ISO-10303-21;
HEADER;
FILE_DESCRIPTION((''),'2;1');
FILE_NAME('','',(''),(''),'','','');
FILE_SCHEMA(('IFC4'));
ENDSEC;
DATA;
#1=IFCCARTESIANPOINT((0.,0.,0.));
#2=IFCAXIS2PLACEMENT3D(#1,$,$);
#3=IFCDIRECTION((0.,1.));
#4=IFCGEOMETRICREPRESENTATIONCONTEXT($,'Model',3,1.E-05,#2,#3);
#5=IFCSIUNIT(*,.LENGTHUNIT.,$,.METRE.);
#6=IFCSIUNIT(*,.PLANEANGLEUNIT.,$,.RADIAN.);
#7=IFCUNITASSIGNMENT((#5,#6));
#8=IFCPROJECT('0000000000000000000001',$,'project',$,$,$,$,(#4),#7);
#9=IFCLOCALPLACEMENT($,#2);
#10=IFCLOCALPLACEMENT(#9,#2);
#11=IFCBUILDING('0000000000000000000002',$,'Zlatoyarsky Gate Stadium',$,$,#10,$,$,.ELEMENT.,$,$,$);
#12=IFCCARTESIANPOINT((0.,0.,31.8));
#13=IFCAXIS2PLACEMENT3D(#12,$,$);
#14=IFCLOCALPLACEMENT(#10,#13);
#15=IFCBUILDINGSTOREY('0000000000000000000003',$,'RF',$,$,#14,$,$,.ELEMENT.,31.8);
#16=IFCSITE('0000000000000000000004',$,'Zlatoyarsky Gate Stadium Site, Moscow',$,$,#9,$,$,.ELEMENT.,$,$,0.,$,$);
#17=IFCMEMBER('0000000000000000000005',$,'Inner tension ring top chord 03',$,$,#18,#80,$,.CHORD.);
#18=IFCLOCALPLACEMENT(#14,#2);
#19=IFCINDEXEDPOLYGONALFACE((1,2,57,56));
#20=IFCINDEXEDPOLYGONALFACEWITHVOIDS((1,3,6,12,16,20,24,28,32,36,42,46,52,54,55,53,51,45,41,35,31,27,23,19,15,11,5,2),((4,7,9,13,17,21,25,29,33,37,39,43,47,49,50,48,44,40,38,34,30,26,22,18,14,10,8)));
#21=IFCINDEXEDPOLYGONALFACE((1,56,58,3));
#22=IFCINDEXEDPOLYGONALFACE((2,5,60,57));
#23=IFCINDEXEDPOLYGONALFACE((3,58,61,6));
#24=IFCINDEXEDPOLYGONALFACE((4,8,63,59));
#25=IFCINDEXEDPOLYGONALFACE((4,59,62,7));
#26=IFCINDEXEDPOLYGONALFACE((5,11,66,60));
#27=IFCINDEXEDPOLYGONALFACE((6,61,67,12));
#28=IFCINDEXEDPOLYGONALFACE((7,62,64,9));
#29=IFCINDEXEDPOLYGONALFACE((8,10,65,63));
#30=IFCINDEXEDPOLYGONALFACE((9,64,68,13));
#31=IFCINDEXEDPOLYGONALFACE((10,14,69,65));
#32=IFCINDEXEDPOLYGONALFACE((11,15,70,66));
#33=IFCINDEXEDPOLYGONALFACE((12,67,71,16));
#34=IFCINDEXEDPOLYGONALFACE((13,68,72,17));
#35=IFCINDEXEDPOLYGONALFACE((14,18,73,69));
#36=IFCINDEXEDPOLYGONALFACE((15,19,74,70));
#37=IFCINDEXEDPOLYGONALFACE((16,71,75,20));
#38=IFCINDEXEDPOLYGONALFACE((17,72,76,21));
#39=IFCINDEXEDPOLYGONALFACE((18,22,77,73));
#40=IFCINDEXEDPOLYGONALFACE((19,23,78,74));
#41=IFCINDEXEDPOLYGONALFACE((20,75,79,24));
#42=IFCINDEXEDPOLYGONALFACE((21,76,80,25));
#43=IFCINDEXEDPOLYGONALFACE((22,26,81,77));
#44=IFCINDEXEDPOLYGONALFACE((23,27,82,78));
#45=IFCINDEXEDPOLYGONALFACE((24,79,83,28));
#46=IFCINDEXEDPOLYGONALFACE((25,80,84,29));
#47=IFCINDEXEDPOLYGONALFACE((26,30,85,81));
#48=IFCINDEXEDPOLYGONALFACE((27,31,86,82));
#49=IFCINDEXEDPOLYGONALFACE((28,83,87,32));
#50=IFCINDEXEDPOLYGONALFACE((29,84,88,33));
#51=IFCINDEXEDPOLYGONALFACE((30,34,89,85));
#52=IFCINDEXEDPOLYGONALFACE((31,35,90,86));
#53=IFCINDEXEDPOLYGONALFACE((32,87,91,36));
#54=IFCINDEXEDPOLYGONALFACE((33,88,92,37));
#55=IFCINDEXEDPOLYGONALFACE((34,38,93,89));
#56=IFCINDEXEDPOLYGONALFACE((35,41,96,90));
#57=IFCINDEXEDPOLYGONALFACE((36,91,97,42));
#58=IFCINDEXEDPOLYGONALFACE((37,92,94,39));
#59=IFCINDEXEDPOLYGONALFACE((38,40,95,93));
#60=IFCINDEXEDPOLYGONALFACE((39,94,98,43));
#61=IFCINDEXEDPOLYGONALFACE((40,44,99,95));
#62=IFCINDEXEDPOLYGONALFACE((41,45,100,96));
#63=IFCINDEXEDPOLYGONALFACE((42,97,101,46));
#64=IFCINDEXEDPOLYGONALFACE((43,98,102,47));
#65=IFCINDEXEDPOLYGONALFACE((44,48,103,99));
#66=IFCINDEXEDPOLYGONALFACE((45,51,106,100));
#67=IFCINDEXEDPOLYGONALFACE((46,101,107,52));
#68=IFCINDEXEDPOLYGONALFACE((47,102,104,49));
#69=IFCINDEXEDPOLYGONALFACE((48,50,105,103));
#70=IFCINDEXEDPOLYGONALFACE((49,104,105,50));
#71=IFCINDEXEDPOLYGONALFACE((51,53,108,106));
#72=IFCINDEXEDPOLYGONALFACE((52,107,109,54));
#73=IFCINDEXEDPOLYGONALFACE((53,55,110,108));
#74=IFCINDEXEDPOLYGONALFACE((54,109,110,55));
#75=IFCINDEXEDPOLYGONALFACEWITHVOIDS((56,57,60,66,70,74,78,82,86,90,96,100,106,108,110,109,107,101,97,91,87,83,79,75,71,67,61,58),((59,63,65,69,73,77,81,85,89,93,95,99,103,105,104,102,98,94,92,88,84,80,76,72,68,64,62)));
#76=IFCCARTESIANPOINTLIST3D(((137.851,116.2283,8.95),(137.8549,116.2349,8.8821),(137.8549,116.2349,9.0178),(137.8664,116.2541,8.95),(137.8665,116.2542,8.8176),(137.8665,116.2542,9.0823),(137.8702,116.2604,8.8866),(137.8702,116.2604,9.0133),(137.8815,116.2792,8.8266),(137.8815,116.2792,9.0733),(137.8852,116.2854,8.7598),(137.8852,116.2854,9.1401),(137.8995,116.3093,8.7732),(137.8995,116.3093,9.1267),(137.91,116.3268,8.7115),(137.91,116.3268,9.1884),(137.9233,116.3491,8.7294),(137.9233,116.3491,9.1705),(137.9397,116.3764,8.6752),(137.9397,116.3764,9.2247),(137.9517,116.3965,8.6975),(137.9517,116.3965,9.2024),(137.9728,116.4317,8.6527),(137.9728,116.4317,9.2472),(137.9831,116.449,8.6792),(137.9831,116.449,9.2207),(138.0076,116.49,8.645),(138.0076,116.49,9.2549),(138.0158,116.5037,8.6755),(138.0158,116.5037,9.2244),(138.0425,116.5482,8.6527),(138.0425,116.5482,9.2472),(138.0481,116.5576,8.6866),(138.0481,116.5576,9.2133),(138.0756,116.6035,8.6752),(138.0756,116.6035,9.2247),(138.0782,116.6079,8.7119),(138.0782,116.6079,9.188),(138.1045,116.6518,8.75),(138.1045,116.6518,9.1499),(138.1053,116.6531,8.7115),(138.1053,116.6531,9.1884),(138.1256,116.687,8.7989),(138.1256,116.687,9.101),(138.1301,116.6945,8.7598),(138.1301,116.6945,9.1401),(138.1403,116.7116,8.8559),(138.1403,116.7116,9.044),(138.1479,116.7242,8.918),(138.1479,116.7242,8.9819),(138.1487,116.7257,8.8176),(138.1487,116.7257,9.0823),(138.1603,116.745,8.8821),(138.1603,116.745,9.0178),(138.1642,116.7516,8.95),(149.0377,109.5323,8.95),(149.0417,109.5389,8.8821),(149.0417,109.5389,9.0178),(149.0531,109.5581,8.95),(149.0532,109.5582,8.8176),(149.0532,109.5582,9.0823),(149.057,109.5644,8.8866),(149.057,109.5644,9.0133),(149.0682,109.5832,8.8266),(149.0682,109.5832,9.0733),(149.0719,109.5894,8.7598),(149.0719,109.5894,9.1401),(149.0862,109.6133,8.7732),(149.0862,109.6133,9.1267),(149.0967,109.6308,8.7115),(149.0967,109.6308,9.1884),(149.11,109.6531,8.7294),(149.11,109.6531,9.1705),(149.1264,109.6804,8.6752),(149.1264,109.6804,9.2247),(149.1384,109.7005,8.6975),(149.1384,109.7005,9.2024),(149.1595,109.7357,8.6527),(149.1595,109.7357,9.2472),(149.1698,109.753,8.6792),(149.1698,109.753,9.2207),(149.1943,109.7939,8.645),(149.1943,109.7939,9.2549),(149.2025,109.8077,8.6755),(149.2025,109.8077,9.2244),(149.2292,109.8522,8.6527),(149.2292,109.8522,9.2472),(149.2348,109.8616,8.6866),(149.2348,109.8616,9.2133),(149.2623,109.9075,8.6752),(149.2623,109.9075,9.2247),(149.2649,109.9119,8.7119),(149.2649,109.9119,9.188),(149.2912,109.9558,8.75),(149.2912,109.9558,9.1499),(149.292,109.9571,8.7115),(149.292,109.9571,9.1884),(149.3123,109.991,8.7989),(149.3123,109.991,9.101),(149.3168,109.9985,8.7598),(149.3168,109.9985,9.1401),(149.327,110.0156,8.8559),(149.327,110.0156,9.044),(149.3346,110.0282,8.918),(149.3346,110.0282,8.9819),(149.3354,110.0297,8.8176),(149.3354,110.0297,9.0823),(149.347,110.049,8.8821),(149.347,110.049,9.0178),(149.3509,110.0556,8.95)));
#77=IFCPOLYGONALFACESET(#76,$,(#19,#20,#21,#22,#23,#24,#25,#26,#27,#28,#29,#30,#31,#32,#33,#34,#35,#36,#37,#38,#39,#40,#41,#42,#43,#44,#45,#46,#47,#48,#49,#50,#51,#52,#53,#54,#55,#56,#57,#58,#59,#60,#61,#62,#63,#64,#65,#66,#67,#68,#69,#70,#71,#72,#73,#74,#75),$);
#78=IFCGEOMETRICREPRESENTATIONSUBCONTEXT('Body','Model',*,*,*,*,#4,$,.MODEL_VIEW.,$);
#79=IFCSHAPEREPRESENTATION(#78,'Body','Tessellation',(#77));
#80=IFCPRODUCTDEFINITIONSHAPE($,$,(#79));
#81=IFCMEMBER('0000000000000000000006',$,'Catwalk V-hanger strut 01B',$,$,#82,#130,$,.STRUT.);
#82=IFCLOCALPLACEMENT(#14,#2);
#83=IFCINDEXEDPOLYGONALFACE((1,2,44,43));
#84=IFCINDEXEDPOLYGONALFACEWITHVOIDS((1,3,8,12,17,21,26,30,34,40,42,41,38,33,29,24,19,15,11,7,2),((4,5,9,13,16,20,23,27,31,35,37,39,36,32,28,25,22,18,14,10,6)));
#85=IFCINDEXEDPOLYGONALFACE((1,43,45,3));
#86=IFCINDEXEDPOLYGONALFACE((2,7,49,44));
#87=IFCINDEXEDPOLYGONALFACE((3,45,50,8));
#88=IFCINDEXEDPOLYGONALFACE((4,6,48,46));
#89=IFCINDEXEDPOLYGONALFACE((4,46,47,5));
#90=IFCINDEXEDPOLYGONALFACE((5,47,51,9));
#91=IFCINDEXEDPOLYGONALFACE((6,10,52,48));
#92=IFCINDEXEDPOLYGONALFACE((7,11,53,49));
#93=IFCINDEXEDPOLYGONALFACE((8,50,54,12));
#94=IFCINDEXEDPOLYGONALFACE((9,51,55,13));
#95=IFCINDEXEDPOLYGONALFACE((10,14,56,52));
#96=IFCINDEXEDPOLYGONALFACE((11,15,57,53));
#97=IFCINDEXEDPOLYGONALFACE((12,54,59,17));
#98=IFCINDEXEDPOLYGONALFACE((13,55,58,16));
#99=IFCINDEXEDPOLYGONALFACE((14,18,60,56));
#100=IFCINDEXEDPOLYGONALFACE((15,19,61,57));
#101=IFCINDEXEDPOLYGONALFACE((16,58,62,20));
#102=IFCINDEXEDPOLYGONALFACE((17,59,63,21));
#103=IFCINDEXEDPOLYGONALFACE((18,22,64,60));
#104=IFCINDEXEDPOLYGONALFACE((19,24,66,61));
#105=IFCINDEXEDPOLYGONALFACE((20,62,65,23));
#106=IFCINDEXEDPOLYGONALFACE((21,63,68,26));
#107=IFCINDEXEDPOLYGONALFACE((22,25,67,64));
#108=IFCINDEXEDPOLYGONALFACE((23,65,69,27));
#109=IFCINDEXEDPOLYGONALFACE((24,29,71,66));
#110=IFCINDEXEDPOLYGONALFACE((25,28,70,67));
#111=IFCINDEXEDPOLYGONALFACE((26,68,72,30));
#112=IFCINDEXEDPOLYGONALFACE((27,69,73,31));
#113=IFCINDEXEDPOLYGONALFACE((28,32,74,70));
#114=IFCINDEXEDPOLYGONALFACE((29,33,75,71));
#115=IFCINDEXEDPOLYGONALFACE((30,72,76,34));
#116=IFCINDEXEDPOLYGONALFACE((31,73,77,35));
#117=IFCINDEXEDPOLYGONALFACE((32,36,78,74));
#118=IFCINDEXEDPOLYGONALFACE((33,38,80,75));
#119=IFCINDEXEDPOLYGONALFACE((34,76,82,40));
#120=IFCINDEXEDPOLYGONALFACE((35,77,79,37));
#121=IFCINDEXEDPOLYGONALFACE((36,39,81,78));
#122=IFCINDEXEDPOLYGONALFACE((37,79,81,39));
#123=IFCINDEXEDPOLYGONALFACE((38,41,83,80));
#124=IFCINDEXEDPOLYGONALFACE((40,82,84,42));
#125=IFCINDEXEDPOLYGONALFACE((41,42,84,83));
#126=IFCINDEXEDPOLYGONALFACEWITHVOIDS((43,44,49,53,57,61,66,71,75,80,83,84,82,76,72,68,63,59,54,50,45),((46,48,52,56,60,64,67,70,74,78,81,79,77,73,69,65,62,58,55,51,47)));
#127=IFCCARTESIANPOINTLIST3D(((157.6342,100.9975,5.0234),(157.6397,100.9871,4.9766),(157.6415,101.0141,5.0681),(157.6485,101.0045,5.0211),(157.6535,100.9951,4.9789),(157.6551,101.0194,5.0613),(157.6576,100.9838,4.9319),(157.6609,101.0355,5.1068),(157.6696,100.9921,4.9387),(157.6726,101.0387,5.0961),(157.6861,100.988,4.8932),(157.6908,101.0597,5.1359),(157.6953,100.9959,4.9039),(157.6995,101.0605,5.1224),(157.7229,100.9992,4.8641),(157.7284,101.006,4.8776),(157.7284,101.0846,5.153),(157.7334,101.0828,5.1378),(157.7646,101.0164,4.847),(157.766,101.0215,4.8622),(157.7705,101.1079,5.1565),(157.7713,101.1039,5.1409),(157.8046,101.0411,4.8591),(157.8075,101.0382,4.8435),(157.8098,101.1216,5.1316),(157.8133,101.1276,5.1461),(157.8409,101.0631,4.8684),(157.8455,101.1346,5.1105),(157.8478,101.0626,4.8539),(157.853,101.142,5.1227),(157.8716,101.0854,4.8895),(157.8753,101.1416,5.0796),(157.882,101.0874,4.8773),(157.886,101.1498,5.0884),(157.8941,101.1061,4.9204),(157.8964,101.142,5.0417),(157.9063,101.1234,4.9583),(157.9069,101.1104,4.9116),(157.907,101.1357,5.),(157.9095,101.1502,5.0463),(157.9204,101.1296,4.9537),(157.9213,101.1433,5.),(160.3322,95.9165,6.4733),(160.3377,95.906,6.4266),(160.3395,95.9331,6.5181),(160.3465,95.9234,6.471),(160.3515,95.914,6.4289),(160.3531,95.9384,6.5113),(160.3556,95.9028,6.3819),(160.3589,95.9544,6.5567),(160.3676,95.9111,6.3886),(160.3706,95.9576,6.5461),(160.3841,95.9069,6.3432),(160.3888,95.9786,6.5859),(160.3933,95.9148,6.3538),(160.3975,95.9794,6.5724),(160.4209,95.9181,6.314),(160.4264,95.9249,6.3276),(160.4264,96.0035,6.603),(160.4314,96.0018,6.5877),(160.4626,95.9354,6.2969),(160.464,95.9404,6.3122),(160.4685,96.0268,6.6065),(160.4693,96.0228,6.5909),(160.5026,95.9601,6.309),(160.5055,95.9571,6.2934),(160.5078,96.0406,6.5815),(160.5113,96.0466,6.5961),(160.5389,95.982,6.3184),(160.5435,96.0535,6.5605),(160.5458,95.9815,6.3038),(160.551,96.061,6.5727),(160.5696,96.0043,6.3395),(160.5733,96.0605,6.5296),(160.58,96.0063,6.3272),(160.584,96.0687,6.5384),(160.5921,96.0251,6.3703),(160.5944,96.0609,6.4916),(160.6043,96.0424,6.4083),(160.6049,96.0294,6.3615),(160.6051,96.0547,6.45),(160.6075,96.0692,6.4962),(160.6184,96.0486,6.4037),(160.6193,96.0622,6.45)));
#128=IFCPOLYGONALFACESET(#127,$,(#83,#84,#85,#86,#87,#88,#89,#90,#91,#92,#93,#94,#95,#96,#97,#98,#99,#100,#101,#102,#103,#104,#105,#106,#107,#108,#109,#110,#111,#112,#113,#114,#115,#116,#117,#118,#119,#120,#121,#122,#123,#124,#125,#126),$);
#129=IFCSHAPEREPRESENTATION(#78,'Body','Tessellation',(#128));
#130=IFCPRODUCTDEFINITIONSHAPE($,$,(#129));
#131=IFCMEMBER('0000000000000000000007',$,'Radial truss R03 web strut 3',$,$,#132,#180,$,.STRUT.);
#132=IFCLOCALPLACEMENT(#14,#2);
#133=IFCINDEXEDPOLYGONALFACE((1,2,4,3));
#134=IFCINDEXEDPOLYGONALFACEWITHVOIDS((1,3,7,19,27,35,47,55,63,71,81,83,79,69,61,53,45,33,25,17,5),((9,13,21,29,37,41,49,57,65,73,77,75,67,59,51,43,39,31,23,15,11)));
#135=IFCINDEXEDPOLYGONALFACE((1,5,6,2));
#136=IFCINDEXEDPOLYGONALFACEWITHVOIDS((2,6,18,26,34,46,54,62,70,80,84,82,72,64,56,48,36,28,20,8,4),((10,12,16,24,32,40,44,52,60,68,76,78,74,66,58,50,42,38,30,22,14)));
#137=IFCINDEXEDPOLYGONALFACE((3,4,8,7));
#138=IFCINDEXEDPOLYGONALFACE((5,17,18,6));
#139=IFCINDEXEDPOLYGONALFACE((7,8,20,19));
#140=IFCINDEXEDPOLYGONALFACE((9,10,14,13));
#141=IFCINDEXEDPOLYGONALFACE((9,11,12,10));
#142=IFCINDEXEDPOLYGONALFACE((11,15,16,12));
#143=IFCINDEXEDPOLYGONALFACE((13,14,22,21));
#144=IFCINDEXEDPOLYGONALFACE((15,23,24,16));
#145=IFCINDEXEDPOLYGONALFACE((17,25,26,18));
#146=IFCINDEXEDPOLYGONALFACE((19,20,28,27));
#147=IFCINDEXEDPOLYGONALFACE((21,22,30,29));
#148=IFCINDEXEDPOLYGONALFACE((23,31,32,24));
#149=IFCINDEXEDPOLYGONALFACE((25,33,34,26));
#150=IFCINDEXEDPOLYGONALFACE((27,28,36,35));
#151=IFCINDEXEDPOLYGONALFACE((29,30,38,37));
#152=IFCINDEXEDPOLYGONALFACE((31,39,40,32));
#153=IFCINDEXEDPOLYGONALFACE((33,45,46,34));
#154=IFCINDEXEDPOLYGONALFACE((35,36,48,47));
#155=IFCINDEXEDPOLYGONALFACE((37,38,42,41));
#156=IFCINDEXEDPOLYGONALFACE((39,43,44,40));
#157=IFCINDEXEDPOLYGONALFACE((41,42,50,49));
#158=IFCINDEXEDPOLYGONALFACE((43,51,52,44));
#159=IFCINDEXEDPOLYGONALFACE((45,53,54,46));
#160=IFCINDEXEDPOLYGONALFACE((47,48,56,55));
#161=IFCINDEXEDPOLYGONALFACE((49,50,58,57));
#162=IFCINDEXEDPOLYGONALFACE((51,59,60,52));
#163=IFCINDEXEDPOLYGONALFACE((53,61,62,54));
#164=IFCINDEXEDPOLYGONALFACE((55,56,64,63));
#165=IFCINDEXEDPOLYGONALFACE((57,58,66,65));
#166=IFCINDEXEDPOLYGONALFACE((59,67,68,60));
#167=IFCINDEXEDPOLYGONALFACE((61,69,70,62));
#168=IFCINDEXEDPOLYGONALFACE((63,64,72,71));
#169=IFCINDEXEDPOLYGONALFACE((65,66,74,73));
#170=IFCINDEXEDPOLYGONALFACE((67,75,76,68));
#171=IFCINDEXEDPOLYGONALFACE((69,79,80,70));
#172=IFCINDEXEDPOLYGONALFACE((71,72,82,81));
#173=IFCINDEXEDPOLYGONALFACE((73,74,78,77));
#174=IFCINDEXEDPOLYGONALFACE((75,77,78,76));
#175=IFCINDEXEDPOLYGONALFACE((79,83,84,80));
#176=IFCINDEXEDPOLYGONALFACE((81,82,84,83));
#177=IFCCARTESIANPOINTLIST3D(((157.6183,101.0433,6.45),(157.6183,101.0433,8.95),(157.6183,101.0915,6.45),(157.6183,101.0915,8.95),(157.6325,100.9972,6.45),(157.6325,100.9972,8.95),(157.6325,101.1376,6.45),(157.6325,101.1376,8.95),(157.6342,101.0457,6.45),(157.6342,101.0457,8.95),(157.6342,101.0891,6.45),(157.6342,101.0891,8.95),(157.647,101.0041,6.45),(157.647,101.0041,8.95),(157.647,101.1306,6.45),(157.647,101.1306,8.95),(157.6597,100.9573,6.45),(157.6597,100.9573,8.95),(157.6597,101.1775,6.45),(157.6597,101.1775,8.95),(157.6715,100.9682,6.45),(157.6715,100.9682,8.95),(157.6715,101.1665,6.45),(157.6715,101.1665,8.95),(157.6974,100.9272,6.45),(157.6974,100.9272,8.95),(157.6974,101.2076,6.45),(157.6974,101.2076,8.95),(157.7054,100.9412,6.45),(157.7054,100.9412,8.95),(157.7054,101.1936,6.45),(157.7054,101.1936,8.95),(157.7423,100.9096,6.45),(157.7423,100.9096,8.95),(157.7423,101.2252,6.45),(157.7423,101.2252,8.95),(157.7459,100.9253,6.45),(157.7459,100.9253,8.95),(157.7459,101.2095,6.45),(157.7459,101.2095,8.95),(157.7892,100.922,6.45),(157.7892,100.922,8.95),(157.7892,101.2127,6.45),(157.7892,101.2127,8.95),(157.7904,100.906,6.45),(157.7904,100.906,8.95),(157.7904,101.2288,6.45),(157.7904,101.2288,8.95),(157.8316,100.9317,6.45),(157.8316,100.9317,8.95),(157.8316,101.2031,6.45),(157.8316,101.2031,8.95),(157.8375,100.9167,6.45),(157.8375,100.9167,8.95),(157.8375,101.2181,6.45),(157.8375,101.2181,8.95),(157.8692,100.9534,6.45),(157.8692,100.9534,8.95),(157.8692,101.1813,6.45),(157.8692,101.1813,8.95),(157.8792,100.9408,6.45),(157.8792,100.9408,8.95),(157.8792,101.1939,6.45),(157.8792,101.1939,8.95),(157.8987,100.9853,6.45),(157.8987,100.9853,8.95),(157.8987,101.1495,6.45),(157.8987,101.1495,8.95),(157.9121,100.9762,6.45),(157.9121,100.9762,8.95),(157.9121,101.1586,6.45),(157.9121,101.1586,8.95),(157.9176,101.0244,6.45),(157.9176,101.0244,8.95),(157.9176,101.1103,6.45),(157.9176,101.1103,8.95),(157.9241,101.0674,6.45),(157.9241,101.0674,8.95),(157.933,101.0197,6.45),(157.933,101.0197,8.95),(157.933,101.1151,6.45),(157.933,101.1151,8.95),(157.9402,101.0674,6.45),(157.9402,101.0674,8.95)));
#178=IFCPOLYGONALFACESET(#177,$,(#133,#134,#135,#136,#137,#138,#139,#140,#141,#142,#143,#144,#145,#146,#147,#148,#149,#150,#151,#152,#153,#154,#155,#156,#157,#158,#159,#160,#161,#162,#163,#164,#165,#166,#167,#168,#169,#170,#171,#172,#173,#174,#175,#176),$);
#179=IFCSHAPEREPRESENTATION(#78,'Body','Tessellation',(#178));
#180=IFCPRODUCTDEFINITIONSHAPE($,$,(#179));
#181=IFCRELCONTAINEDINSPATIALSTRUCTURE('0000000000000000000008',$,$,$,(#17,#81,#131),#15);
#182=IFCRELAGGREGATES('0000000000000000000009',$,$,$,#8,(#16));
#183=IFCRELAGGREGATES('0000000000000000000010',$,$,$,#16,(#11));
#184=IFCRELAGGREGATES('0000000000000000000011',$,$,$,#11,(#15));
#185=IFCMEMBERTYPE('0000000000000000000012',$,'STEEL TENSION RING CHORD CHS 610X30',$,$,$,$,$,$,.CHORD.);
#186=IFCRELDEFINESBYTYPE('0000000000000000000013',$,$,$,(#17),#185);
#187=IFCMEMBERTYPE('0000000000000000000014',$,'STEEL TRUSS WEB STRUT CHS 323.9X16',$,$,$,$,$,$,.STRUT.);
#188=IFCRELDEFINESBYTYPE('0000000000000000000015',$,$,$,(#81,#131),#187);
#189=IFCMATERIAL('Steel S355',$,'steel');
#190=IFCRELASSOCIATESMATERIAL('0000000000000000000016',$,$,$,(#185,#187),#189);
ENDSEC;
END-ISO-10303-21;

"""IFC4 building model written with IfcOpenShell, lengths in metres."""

from ifc_helpers import new_model, si_unit, direction, frame, origin, origin_2d, place, context, subcontext, project, spatial, hollow_circle, extrude, material, material_profile, profile_set, type_object, element, save


model = new_model("IFC4")

# Units and contexts
model_context = context("Model", 3, precision=1e-05, world=origin(), true_north=direction((0.0, 1.0)))
body_context = subcontext(model_context, "Body", "Model", "MODEL_VIEW")
ifc_project = project(units=[si_unit("LENGTHUNIT", "METRE"), si_unit("PLANEANGLEUNIT", "RADIAN")], contexts=[model_context])

# Site, building, storey
site_placement = place(None, origin())
site = spatial("IfcSite", under=ifc_project, at=site_placement, Name="Zlatoyarsky Gate Stadium Site, Moscow", CompositionType="ELEMENT", RefElevation=0.0)
building_placement = place(site_placement, origin())
building = spatial("IfcBuilding", under=site, at=building_placement, Name="Zlatoyarsky Gate Stadium", CompositionType="ELEMENT")
storey_placement = place(building_placement, frame((0.0, 0.0, 31.8)))
storey = spatial("IfcBuildingStorey", under=building, at=storey_placement, Name="RF", CompositionType="ELEMENT", Elevation=31.8)

# Shared definitions
ifc_material_1 = material(Name="Steel S355", Category="steel")

# Members
ifc_material_profile_1 = material_profile(ifc_material_1, hollow_circle(Radius=0.3049, WallThickness=0.03, at=origin_2d()), Name="CHS 610X30")
ifc_profile_set_1 = profile_set([ifc_material_profile_1], Name="Steel S355")
member_type_1 = type_object("IfcMemberType", Name="STEEL TENSION RING CHORD CHS 610X30", PredefinedType="CHORD", material=ifc_profile_set_1)
member_1_placement = place(storey_placement, frame((149.1943, 109.7939, 8.95), z_axis=(-0.858034, 0.513592, 0.0), x_axis=(-0.513592, -0.858034, 0.0)))
element("IfcMember", 1, at=member_1_placement, inside=storey, type_object=member_type_1, Name="Inner tension ring top chord 03", PredefinedType="CHORD", context=body_context, shape_type="SweptSolid", body=[
    extrude(hollow_circle(Radius=0.3049, WallThickness=0.03, at=origin_2d()), origin(), (0.0, 0.0, 1.0), 13.0376),
])
ifc_material_profile_2 = material_profile(ifc_material_1, hollow_circle(Radius=0.1619, WallThickness=0.0161, at=origin_2d()), Name="CHS 323.9X16")
ifc_profile_set_2 = profile_set([ifc_material_profile_2], Name="Steel S355")
member_type_2 = type_object("IfcMemberType", Name="STEEL TRUSS WEB STRUT CHS 323.9X16", PredefinedType="STRUT", material=ifc_profile_set_2)
member_2_placement = place(storey_placement, frame((157.7783, 101.0674, 5.0), z_axis=(0.454756, -0.856428, 0.244394), x_axis=(0.88321, 0.468977, 0.0)))
element("IfcMember", 2, at=member_2_placement, inside=storey, type_object=member_type_2, Name="Catwalk V-hanger strut 01B", PredefinedType="STRUT", context=body_context, shape_type="SweptSolid", body=[
    extrude(hollow_circle(Radius=0.1619, WallThickness=0.0161, at=origin_2d()), origin(), (0.0, 0.0, 1.0), 5.9329),
])
member_3_placement = place(storey_placement, frame((157.7783, 101.0674, 6.45), z_axis=(0.0, 0.0, 1.0), x_axis=(1.0, 0.0, 0.0)))
element("IfcMember", 3, at=member_3_placement, inside=storey, type_object=member_type_2, Name="Radial truss R03 web strut 3", PredefinedType="STRUT", context=body_context, shape_type="SweptSolid", body=[
    extrude(hollow_circle(Radius=0.1619, WallThickness=0.0161, at=origin_2d()), origin(), (0.0, 0.0, 1.0), 2.5),
])

save(model, "model.ifc")
